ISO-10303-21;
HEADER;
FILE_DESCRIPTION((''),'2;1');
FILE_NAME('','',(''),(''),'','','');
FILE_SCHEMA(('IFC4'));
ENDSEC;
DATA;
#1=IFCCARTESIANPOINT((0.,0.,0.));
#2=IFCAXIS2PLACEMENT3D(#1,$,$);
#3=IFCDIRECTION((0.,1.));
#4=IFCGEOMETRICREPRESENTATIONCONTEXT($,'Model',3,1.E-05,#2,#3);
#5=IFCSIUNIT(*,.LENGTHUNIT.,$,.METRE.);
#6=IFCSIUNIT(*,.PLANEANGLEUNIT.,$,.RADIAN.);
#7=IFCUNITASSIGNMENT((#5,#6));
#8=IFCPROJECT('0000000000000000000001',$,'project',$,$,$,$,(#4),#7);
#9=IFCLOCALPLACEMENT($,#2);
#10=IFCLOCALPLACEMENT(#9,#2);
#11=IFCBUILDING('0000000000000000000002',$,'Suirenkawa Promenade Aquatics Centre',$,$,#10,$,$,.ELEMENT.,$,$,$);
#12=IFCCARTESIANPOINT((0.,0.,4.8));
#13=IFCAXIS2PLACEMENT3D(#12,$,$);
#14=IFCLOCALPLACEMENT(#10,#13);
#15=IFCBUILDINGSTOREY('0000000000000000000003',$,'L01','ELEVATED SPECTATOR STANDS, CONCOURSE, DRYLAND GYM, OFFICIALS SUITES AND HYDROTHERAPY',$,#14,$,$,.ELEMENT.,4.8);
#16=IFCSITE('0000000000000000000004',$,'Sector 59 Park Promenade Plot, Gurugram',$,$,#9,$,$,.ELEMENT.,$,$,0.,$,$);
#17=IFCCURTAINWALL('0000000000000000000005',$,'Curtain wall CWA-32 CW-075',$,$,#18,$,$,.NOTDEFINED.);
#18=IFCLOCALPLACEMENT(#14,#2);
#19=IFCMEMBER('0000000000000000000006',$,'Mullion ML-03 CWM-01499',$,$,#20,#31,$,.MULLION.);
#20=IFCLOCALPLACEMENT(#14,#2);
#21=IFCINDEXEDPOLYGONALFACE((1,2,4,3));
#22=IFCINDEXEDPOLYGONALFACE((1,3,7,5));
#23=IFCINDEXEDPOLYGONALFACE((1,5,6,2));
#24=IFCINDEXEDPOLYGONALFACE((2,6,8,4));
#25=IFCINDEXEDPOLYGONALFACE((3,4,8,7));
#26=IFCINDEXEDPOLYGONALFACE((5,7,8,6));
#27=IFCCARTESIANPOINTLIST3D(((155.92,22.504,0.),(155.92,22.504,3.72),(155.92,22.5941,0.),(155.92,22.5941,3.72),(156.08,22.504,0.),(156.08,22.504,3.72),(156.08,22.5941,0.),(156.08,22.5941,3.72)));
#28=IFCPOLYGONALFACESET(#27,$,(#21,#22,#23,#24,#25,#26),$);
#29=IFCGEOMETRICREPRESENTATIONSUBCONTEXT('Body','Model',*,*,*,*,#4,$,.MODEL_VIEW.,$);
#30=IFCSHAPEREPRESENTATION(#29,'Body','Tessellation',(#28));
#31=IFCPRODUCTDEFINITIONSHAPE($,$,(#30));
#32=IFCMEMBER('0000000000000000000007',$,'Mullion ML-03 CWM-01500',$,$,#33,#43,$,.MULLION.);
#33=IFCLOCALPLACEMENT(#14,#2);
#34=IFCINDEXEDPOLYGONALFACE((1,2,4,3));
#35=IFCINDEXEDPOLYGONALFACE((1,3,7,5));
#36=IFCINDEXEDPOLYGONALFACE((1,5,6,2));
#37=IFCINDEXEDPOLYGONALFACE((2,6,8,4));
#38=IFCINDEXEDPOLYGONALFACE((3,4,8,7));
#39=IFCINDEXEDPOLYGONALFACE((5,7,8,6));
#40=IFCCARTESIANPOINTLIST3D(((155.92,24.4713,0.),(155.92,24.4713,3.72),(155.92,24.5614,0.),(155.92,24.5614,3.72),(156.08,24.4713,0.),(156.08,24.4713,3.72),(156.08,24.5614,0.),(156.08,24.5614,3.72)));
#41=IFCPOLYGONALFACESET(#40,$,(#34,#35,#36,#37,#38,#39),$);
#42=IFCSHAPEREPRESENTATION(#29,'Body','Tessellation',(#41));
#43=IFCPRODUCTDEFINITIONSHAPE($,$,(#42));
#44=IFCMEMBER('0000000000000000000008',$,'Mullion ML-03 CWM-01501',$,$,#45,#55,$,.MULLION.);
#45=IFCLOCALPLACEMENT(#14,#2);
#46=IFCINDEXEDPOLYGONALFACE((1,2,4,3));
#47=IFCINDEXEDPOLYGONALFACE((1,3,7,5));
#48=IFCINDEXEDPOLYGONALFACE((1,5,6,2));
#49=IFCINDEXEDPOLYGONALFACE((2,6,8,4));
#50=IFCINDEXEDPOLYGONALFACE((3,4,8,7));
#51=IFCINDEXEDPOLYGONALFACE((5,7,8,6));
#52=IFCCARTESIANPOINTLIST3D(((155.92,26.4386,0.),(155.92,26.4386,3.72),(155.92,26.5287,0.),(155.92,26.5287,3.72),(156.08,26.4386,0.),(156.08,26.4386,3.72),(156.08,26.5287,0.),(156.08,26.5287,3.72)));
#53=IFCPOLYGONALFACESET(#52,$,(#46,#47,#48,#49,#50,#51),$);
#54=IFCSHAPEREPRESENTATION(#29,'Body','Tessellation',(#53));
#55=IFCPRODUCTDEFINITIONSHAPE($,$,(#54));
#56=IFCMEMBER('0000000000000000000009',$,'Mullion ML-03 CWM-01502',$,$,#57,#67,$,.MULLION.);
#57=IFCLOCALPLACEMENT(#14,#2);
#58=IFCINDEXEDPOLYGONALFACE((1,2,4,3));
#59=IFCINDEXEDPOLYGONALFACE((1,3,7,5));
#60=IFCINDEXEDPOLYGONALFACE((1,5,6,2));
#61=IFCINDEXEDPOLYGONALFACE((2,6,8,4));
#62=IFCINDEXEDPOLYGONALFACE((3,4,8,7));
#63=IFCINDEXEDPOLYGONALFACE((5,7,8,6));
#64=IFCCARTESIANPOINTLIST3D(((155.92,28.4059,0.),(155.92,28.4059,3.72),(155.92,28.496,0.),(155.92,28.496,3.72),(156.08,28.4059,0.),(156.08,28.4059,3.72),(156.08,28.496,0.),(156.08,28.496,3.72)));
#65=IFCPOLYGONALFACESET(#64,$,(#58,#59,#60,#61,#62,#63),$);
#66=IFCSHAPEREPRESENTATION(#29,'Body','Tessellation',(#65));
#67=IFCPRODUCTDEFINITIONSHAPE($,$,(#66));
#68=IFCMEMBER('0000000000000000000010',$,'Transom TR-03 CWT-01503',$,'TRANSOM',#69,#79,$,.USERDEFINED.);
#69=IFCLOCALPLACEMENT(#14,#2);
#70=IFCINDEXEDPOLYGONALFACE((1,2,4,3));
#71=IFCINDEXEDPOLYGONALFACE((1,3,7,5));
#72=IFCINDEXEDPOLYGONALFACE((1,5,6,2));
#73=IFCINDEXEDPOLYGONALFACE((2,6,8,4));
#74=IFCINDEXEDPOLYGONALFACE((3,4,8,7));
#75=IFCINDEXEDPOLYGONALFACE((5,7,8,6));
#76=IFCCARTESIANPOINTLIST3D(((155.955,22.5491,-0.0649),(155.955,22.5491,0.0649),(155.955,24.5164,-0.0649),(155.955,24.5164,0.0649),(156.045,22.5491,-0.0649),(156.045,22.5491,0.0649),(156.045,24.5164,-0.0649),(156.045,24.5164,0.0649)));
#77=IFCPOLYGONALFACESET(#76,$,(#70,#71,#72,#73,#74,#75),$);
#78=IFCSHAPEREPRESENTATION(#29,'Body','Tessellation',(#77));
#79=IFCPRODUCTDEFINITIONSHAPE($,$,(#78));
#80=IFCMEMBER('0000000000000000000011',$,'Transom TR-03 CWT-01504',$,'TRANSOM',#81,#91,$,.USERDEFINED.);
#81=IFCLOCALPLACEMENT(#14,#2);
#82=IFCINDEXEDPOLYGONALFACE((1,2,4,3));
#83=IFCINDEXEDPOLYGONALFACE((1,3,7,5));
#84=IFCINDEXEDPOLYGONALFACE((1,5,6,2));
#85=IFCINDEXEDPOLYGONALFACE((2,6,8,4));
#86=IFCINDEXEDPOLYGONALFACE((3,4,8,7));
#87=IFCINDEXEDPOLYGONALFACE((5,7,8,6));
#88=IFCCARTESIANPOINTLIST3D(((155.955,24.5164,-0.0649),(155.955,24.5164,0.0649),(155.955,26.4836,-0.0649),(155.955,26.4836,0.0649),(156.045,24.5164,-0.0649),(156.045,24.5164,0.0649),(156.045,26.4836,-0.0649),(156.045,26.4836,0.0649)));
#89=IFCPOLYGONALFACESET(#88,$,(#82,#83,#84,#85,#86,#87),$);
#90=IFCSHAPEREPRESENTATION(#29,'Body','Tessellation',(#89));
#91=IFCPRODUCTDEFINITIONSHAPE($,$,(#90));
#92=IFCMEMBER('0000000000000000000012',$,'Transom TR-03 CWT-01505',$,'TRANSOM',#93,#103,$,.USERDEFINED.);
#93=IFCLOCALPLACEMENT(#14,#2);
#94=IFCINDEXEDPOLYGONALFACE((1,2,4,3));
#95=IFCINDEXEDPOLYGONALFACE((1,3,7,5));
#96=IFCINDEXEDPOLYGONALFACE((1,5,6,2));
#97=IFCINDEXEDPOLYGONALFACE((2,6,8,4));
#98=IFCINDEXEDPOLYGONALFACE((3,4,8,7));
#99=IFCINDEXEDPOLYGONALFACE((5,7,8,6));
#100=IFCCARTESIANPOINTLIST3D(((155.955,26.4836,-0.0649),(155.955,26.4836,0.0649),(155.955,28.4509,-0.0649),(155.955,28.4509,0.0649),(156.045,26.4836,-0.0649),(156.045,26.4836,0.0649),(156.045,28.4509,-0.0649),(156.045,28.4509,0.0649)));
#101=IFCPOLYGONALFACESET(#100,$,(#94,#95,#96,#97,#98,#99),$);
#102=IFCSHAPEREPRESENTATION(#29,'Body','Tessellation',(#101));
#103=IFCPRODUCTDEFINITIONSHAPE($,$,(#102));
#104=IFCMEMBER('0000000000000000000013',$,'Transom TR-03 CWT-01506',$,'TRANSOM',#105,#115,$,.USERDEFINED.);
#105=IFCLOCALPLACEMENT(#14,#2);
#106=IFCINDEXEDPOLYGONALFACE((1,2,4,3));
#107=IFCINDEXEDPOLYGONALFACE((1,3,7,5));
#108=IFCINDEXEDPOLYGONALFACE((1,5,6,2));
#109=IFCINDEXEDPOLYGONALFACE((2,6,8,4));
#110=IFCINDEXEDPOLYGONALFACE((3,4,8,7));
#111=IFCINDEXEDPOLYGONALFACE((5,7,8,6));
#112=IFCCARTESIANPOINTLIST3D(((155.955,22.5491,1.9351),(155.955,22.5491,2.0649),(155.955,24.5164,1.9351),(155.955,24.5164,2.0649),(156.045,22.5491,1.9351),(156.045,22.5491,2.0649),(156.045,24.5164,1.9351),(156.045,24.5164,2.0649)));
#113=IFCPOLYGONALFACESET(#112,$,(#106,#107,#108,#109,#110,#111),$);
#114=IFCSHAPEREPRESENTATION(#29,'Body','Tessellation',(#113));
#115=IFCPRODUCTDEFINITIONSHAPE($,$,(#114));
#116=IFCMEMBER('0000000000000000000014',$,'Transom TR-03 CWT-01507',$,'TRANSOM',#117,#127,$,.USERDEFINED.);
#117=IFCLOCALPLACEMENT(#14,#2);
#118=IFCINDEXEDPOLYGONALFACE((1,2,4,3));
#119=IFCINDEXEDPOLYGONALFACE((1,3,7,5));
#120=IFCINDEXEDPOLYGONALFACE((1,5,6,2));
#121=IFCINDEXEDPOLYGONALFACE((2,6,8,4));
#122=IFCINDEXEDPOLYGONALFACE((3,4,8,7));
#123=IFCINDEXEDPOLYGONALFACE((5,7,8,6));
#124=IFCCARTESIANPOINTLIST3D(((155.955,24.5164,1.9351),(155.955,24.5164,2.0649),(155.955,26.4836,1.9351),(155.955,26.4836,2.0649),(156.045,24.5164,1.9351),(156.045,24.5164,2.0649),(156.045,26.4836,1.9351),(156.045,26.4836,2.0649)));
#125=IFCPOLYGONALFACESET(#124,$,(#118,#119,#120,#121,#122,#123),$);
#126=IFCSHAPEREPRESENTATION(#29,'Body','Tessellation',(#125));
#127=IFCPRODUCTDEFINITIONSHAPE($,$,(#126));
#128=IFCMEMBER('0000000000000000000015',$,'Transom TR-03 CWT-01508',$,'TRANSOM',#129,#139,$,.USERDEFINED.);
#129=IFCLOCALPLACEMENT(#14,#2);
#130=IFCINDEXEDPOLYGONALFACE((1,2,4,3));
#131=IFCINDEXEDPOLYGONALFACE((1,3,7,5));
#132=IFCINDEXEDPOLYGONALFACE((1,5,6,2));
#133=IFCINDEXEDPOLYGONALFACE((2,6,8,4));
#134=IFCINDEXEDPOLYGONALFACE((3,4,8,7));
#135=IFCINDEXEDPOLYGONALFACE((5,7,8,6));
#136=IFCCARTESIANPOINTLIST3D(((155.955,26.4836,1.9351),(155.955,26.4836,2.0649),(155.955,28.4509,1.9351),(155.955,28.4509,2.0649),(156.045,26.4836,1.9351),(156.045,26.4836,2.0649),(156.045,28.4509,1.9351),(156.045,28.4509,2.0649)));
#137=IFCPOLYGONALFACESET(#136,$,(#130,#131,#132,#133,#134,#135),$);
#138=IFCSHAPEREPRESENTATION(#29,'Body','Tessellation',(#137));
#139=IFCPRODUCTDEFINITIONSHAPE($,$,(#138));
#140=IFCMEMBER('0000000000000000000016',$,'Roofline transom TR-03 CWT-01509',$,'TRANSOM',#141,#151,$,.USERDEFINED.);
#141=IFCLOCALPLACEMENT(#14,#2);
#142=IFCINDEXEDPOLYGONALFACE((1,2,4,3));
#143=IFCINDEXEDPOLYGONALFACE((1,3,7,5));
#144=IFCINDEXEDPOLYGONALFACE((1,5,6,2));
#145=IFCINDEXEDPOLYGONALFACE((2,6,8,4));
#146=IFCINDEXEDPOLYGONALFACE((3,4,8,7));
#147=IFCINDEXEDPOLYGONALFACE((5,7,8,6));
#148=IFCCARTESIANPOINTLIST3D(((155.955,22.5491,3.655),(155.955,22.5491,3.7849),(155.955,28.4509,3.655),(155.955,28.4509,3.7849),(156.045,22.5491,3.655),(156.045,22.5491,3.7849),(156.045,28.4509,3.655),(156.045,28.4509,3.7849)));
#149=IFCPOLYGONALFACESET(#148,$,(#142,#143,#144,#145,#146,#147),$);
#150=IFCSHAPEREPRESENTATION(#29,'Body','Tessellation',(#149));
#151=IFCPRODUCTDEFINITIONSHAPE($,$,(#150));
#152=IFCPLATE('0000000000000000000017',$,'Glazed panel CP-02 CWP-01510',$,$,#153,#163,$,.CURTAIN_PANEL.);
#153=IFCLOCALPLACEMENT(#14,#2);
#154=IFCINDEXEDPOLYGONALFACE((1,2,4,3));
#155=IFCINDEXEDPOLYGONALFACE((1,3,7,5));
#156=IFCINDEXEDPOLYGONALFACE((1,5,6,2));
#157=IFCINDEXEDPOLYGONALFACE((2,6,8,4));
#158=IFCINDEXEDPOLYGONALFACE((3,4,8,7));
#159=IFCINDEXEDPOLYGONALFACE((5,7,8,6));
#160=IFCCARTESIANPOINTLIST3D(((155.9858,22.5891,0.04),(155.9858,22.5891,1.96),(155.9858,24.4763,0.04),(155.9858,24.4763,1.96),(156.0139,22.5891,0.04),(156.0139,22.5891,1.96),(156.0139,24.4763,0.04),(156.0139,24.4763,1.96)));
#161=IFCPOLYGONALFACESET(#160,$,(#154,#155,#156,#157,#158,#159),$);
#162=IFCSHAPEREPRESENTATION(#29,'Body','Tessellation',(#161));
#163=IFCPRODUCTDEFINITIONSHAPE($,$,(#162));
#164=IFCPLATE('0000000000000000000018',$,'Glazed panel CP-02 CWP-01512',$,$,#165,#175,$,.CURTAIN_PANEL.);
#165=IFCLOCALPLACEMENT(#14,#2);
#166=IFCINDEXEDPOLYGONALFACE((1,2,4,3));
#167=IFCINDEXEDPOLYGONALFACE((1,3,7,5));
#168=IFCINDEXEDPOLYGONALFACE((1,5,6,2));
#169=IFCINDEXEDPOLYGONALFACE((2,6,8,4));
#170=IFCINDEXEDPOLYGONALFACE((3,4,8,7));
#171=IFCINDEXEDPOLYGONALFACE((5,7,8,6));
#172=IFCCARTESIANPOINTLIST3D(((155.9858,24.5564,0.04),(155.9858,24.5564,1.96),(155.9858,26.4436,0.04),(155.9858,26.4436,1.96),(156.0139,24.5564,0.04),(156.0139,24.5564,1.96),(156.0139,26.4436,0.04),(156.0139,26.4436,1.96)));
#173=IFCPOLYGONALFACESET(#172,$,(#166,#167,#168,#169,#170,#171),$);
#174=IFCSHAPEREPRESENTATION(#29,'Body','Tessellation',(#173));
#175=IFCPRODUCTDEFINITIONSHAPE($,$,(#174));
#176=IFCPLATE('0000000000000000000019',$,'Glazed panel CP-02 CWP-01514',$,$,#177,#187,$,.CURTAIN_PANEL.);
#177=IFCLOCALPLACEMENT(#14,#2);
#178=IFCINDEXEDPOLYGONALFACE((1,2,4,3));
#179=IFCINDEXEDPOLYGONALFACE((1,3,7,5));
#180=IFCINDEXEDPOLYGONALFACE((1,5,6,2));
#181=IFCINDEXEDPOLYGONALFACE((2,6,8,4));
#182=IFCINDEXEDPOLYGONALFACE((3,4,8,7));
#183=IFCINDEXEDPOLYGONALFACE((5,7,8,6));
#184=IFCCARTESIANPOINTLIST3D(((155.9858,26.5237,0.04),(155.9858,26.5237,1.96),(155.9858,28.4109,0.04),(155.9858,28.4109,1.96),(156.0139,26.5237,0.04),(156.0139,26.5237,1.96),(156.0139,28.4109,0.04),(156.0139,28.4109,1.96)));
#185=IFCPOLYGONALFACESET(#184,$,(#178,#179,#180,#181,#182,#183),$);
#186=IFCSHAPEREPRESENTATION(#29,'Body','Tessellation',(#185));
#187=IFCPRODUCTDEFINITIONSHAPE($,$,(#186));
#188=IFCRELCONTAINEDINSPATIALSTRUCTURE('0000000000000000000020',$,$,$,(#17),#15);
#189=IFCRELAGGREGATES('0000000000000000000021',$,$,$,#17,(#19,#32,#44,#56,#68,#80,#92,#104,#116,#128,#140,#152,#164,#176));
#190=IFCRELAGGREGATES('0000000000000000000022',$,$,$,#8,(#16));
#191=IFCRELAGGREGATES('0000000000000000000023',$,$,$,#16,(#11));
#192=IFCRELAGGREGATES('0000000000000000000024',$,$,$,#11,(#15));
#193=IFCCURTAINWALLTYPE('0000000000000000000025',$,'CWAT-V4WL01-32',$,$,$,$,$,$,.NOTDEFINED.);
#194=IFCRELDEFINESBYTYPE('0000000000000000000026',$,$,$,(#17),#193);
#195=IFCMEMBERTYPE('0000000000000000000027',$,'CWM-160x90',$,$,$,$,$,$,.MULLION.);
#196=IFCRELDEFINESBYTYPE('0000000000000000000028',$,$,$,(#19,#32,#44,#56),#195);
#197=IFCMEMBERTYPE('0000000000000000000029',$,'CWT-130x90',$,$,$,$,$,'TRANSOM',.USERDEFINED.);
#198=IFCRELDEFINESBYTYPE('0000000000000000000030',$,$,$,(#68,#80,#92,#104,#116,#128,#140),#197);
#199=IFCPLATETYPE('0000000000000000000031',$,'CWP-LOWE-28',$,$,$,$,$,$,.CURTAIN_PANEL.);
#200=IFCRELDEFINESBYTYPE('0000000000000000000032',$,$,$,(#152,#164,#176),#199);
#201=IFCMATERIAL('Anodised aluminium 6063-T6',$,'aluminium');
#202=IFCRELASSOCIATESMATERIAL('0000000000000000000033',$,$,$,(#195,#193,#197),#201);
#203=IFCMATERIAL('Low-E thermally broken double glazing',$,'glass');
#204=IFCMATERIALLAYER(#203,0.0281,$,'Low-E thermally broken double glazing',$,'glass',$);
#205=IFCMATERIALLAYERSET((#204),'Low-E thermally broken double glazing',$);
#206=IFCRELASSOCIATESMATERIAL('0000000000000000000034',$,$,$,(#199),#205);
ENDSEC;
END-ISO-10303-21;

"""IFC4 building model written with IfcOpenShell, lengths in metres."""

from ifc_helpers import new_model, si_unit, direction, frame, origin, origin_2d, place, context, subcontext, project, spatial, polyline, rectangle, outline, extrude, material, layer, layer_set, material_profile, profile_set, type_object, element, aggregate, save


model = new_model("IFC4")

# Units and contexts
model_context = context("Model", 3, precision=1e-05, world=origin(), true_north=direction((0.0, 1.0)))
body_context = subcontext(model_context, "Body", "Model", "MODEL_VIEW")
ifc_project = project(units=[si_unit("LENGTHUNIT", "METRE"), si_unit("PLANEANGLEUNIT", "RADIAN")], contexts=[model_context])

# Site, building, storey
site_placement = place(None, origin())
site = spatial("IfcSite", under=ifc_project, at=site_placement, Name="Sector 59 Park Promenade Plot, Gurugram", CompositionType="ELEMENT", RefElevation=0.0)
building_placement = place(site_placement, origin())
building = spatial("IfcBuilding", under=site, at=building_placement, Name="Suirenkawa Promenade Aquatics Centre", CompositionType="ELEMENT")
storey_placement = place(building_placement, frame((0.0, 0.0, 4.8)))
storey = spatial("IfcBuildingStorey", under=building, at=storey_placement, Name="L01", Description="ELEVATED SPECTATOR STANDS, CONCOURSE, DRYLAND GYM, OFFICIALS SUITES AND HYDROTHERAPY", CompositionType="ELEMENT", Elevation=4.8)

# Shared definitions
ifc_material_1 = material(Name="Anodised aluminium 6063-T6", Category="aluminium")
ifc_material_profile_1 = material_profile(ifc_material_1, rectangle(XDim=0.0901, YDim=0.1599, at=origin_2d()), Name="ALU MULL 90x160", Category="aluminium")
ifc_profile_set_1 = profile_set([ifc_material_profile_1], Name="Anodised aluminium 6063-T6")
member_type_1 = type_object("IfcMemberType", Name="CWM-160x90", PredefinedType="MULLION", material=ifc_profile_set_1)

# Curtain wall, members
curtain_wall_type_1 = type_object("IfcCurtainWallType", Name="CWAT-V4WL01-32", PredefinedType="NOTDEFINED", material=ifc_material_1)
curtain_wall_1_placement = place(storey_placement, origin())
curtain_wall_1 = element("IfcCurtainWall", 1, at=curtain_wall_1_placement, inside=storey, type_object=curtain_wall_type_1, Name="Curtain wall CWA-32 CW-075", PredefinedType="NOTDEFINED")
member_1_placement = place(storey_placement, frame((156.0, 22.5491, 0.0), z_axis=(0.0, 0.0, 1.0), x_axis=(0.0, 1.0, 0.0)))
member_1 = element("IfcMember", 2, at=member_1_placement, type_object=member_type_1, Name="Mullion ML-03 CWM-01499", PredefinedType="MULLION", context=body_context, shape_type="SweptSolid", body=[
    extrude(rectangle(XDim=0.0901, YDim=0.1599, at=origin_2d()), origin(), (0.0, 0.0, 1.0), 3.72),
])
member_2_placement = place(storey_placement, frame((156.0, 24.5164, 0.0), z_axis=(0.0, 0.0, 1.0), x_axis=(0.0, 1.0, 0.0)))
member_2 = element("IfcMember", 3, at=member_2_placement, type_object=member_type_1, Name="Mullion ML-03 CWM-01500", PredefinedType="MULLION", context=body_context, shape_type="SweptSolid", body=[
    extrude(rectangle(XDim=0.0901, YDim=0.1599, at=origin_2d()), origin(), (0.0, 0.0, 1.0), 3.72),
])
member_3_placement = place(storey_placement, frame((156.0, 26.4836, 0.0), z_axis=(0.0, 0.0, 1.0), x_axis=(0.0, 1.0, 0.0)))
member_3 = element("IfcMember", 4, at=member_3_placement, type_object=member_type_1, Name="Mullion ML-03 CWM-01501", PredefinedType="MULLION", context=body_context, shape_type="SweptSolid", body=[
    extrude(rectangle(XDim=0.0901, YDim=0.1599, at=origin_2d()), origin(), (0.0, 0.0, 1.0), 3.72),
])
member_4_placement = place(storey_placement, frame((156.0, 28.4509, 0.0), z_axis=(0.0, 0.0, 1.0), x_axis=(0.0, 1.0, 0.0)))
member_4 = element("IfcMember", 5, at=member_4_placement, type_object=member_type_1, Name="Mullion ML-03 CWM-01502", PredefinedType="MULLION", context=body_context, shape_type="SweptSolid", body=[
    extrude(rectangle(XDim=0.0901, YDim=0.1599, at=origin_2d()), origin(), (0.0, 0.0, 1.0), 3.72),
])
ifc_material_profile_2 = material_profile(ifc_material_1, rectangle(XDim=0.0901, YDim=0.1299, at=origin_2d()), Name="ALU TRAN 90x130", Category="aluminium")
ifc_profile_set_2 = profile_set([ifc_material_profile_2], Name="Anodised aluminium 6063-T6")
member_type_2 = type_object("IfcMemberType", Name="CWT-130x90", ElementType="TRANSOM", PredefinedType="USERDEFINED", material=ifc_profile_set_2)
member_5_placement = place(storey_placement, frame((156.0, 22.5491, 0.0), z_axis=(0.0, 1.0, 0.0), x_axis=(-1.0, 0.0, 0.0)))
member_5 = element("IfcMember", 6, at=member_5_placement, type_object=member_type_2, Name="Transom TR-03 CWT-01503", ObjectType="TRANSOM", PredefinedType="USERDEFINED", context=body_context, shape_type="SweptSolid", body=[
    extrude(rectangle(XDim=0.0901, YDim=0.1299, at=origin_2d()), origin(), (0.0, 0.0, 1.0), 1.9673),
])
member_6_placement = place(storey_placement, frame((156.0, 24.5164, 0.0), z_axis=(0.0, 1.0, 0.0), x_axis=(-1.0, 0.0, 0.0)))
member_6 = element("IfcMember", 7, at=member_6_placement, type_object=member_type_2, Name="Transom TR-03 CWT-01504", ObjectType="TRANSOM", PredefinedType="USERDEFINED", context=body_context, shape_type="SweptSolid", body=[
    extrude(rectangle(XDim=0.0901, YDim=0.1299, at=origin_2d()), origin(), (0.0, 0.0, 1.0), 1.9673),
])
member_7_placement = place(storey_placement, frame((156.0, 26.4836, 0.0), z_axis=(0.0, 1.0, 0.0), x_axis=(-1.0, 0.0, 0.0)))
member_7 = element("IfcMember", 8, at=member_7_placement, type_object=member_type_2, Name="Transom TR-03 CWT-01505", ObjectType="TRANSOM", PredefinedType="USERDEFINED", context=body_context, shape_type="SweptSolid", body=[
    extrude(rectangle(XDim=0.0901, YDim=0.1299, at=origin_2d()), origin(), (0.0, 0.0, 1.0), 1.9673),
])
member_8_placement = place(storey_placement, frame((156.0, 22.5491, 2.0), z_axis=(0.0, 1.0, 0.0), x_axis=(-1.0, 0.0, 0.0)))
member_8 = element("IfcMember", 9, at=member_8_placement, type_object=member_type_2, Name="Transom TR-03 CWT-01506", ObjectType="TRANSOM", PredefinedType="USERDEFINED", context=body_context, shape_type="SweptSolid", body=[
    extrude(rectangle(XDim=0.0901, YDim=0.1299, at=origin_2d()), origin(), (0.0, 0.0, 1.0), 1.9673),
])
member_9_placement = place(storey_placement, frame((156.0, 24.5164, 2.0), z_axis=(0.0, 1.0, 0.0), x_axis=(-1.0, 0.0, 0.0)))
member_9 = element("IfcMember", 10, at=member_9_placement, type_object=member_type_2, Name="Transom TR-03 CWT-01507", ObjectType="TRANSOM", PredefinedType="USERDEFINED", context=body_context, shape_type="SweptSolid", body=[
    extrude(rectangle(XDim=0.0901, YDim=0.1299, at=origin_2d()), origin(), (0.0, 0.0, 1.0), 1.9673),
])
member_10_placement = place(storey_placement, frame((156.0, 26.4836, 2.0), z_axis=(0.0, 1.0, 0.0), x_axis=(-1.0, 0.0, 0.0)))
member_10 = element("IfcMember", 11, at=member_10_placement, type_object=member_type_2, Name="Transom TR-03 CWT-01508", ObjectType="TRANSOM", PredefinedType="USERDEFINED", context=body_context, shape_type="SweptSolid", body=[
    extrude(rectangle(XDim=0.0901, YDim=0.1299, at=origin_2d()), origin(), (0.0, 0.0, 1.0), 1.9673),
])
member_11_placement = place(storey_placement, frame((156.0, 22.5491, 3.72), z_axis=(0.0, 1.0, 0.0), x_axis=(-1.0, 0.0, 0.0)))
member_11 = element("IfcMember", 12, at=member_11_placement, type_object=member_type_2, Name="Roofline transom TR-03 CWT-01509", ObjectType="TRANSOM", PredefinedType="USERDEFINED", context=body_context, shape_type="SweptSolid", body=[
    extrude(rectangle(XDim=0.0901, YDim=0.1299, at=origin_2d()), origin(), (0.0, 0.0, 1.0), 5.9019),
])

# Plates
ifc_material_2 = material(Name="Low-E thermally broken double glazing", Category="glass")
ifc_layer_1 = layer(ifc_material_2, 0.0281, Name="Low-E thermally broken double glazing", Category="glass")
ifc_layer_set_1 = layer_set([ifc_layer_1], Name="Low-E thermally broken double glazing")
plate_type = type_object("IfcPlateType", Name="CWP-LOWE-28", PredefinedType="CURTAIN_PANEL", material=ifc_layer_set_1)
plate_1_placement = place(storey_placement, frame((156.0, 22.5491, 0.04), z_axis=(0.0, 0.0, 1.0), x_axis=(0.0, 1.0, 0.0)))
plate_1 = element("IfcPlate", 13, at=plate_1_placement, type_object=plate_type, Name="Glazed panel CP-02 CWP-01510", PredefinedType="CURTAIN_PANEL", context=body_context, shape_type="SweptSolid", body=[
    extrude(outline(polyline([(0.04, 0.0), (1.9272, 0.0), (1.9272, 1.9199), (0.04, 1.9199), (0.04, 0.0)])), frame((0.0, 0.0142, 0.0), z_axis=(0.0, -1.0, 0.0), x_axis=(1.0, 0.0, 0.0)), (0.0, 0.0, 1.0), 0.0281),
])
plate_2_placement = place(storey_placement, frame((156.0, 24.5164, 0.04), z_axis=(0.0, 0.0, 1.0), x_axis=(0.0, 1.0, 0.0)))
plate_2 = element("IfcPlate", 14, at=plate_2_placement, type_object=plate_type, Name="Glazed panel CP-02 CWP-01512", PredefinedType="CURTAIN_PANEL", context=body_context, shape_type="SweptSolid", body=[
    extrude(outline(polyline([(0.04, 0.0), (1.9272, 0.0), (1.9272, 1.9199), (0.04, 1.9199), (0.04, 0.0)])), frame((0.0, 0.0142, 0.0), z_axis=(0.0, -1.0, 0.0), x_axis=(1.0, 0.0, 0.0)), (0.0, 0.0, 1.0), 0.0281),
])
plate_3_placement = place(storey_placement, frame((156.0, 26.4836, 0.04), z_axis=(0.0, 0.0, 1.0), x_axis=(0.0, 1.0, 0.0)))
plate_3 = element("IfcPlate", 15, at=plate_3_placement, type_object=plate_type, Name="Glazed panel CP-02 CWP-01514", PredefinedType="CURTAIN_PANEL", context=body_context, shape_type="SweptSolid", body=[
    extrude(outline(polyline([(0.04, 0.0), (1.9272, 0.0), (1.9272, 1.9199), (0.04, 1.9199), (0.04, 0.0)])), frame((0.0, 0.0142, 0.0), z_axis=(0.0, -1.0, 0.0), x_axis=(1.0, 0.0, 0.0)), (0.0, 0.0, 1.0), 0.0281),
])
aggregate(curtain_wall_1, [member_1, member_2, member_3, member_4, member_5, member_6, member_7, member_8, member_9, member_10, member_11, plate_1, plate_2, plate_3])

save(model, "model.ifc")
